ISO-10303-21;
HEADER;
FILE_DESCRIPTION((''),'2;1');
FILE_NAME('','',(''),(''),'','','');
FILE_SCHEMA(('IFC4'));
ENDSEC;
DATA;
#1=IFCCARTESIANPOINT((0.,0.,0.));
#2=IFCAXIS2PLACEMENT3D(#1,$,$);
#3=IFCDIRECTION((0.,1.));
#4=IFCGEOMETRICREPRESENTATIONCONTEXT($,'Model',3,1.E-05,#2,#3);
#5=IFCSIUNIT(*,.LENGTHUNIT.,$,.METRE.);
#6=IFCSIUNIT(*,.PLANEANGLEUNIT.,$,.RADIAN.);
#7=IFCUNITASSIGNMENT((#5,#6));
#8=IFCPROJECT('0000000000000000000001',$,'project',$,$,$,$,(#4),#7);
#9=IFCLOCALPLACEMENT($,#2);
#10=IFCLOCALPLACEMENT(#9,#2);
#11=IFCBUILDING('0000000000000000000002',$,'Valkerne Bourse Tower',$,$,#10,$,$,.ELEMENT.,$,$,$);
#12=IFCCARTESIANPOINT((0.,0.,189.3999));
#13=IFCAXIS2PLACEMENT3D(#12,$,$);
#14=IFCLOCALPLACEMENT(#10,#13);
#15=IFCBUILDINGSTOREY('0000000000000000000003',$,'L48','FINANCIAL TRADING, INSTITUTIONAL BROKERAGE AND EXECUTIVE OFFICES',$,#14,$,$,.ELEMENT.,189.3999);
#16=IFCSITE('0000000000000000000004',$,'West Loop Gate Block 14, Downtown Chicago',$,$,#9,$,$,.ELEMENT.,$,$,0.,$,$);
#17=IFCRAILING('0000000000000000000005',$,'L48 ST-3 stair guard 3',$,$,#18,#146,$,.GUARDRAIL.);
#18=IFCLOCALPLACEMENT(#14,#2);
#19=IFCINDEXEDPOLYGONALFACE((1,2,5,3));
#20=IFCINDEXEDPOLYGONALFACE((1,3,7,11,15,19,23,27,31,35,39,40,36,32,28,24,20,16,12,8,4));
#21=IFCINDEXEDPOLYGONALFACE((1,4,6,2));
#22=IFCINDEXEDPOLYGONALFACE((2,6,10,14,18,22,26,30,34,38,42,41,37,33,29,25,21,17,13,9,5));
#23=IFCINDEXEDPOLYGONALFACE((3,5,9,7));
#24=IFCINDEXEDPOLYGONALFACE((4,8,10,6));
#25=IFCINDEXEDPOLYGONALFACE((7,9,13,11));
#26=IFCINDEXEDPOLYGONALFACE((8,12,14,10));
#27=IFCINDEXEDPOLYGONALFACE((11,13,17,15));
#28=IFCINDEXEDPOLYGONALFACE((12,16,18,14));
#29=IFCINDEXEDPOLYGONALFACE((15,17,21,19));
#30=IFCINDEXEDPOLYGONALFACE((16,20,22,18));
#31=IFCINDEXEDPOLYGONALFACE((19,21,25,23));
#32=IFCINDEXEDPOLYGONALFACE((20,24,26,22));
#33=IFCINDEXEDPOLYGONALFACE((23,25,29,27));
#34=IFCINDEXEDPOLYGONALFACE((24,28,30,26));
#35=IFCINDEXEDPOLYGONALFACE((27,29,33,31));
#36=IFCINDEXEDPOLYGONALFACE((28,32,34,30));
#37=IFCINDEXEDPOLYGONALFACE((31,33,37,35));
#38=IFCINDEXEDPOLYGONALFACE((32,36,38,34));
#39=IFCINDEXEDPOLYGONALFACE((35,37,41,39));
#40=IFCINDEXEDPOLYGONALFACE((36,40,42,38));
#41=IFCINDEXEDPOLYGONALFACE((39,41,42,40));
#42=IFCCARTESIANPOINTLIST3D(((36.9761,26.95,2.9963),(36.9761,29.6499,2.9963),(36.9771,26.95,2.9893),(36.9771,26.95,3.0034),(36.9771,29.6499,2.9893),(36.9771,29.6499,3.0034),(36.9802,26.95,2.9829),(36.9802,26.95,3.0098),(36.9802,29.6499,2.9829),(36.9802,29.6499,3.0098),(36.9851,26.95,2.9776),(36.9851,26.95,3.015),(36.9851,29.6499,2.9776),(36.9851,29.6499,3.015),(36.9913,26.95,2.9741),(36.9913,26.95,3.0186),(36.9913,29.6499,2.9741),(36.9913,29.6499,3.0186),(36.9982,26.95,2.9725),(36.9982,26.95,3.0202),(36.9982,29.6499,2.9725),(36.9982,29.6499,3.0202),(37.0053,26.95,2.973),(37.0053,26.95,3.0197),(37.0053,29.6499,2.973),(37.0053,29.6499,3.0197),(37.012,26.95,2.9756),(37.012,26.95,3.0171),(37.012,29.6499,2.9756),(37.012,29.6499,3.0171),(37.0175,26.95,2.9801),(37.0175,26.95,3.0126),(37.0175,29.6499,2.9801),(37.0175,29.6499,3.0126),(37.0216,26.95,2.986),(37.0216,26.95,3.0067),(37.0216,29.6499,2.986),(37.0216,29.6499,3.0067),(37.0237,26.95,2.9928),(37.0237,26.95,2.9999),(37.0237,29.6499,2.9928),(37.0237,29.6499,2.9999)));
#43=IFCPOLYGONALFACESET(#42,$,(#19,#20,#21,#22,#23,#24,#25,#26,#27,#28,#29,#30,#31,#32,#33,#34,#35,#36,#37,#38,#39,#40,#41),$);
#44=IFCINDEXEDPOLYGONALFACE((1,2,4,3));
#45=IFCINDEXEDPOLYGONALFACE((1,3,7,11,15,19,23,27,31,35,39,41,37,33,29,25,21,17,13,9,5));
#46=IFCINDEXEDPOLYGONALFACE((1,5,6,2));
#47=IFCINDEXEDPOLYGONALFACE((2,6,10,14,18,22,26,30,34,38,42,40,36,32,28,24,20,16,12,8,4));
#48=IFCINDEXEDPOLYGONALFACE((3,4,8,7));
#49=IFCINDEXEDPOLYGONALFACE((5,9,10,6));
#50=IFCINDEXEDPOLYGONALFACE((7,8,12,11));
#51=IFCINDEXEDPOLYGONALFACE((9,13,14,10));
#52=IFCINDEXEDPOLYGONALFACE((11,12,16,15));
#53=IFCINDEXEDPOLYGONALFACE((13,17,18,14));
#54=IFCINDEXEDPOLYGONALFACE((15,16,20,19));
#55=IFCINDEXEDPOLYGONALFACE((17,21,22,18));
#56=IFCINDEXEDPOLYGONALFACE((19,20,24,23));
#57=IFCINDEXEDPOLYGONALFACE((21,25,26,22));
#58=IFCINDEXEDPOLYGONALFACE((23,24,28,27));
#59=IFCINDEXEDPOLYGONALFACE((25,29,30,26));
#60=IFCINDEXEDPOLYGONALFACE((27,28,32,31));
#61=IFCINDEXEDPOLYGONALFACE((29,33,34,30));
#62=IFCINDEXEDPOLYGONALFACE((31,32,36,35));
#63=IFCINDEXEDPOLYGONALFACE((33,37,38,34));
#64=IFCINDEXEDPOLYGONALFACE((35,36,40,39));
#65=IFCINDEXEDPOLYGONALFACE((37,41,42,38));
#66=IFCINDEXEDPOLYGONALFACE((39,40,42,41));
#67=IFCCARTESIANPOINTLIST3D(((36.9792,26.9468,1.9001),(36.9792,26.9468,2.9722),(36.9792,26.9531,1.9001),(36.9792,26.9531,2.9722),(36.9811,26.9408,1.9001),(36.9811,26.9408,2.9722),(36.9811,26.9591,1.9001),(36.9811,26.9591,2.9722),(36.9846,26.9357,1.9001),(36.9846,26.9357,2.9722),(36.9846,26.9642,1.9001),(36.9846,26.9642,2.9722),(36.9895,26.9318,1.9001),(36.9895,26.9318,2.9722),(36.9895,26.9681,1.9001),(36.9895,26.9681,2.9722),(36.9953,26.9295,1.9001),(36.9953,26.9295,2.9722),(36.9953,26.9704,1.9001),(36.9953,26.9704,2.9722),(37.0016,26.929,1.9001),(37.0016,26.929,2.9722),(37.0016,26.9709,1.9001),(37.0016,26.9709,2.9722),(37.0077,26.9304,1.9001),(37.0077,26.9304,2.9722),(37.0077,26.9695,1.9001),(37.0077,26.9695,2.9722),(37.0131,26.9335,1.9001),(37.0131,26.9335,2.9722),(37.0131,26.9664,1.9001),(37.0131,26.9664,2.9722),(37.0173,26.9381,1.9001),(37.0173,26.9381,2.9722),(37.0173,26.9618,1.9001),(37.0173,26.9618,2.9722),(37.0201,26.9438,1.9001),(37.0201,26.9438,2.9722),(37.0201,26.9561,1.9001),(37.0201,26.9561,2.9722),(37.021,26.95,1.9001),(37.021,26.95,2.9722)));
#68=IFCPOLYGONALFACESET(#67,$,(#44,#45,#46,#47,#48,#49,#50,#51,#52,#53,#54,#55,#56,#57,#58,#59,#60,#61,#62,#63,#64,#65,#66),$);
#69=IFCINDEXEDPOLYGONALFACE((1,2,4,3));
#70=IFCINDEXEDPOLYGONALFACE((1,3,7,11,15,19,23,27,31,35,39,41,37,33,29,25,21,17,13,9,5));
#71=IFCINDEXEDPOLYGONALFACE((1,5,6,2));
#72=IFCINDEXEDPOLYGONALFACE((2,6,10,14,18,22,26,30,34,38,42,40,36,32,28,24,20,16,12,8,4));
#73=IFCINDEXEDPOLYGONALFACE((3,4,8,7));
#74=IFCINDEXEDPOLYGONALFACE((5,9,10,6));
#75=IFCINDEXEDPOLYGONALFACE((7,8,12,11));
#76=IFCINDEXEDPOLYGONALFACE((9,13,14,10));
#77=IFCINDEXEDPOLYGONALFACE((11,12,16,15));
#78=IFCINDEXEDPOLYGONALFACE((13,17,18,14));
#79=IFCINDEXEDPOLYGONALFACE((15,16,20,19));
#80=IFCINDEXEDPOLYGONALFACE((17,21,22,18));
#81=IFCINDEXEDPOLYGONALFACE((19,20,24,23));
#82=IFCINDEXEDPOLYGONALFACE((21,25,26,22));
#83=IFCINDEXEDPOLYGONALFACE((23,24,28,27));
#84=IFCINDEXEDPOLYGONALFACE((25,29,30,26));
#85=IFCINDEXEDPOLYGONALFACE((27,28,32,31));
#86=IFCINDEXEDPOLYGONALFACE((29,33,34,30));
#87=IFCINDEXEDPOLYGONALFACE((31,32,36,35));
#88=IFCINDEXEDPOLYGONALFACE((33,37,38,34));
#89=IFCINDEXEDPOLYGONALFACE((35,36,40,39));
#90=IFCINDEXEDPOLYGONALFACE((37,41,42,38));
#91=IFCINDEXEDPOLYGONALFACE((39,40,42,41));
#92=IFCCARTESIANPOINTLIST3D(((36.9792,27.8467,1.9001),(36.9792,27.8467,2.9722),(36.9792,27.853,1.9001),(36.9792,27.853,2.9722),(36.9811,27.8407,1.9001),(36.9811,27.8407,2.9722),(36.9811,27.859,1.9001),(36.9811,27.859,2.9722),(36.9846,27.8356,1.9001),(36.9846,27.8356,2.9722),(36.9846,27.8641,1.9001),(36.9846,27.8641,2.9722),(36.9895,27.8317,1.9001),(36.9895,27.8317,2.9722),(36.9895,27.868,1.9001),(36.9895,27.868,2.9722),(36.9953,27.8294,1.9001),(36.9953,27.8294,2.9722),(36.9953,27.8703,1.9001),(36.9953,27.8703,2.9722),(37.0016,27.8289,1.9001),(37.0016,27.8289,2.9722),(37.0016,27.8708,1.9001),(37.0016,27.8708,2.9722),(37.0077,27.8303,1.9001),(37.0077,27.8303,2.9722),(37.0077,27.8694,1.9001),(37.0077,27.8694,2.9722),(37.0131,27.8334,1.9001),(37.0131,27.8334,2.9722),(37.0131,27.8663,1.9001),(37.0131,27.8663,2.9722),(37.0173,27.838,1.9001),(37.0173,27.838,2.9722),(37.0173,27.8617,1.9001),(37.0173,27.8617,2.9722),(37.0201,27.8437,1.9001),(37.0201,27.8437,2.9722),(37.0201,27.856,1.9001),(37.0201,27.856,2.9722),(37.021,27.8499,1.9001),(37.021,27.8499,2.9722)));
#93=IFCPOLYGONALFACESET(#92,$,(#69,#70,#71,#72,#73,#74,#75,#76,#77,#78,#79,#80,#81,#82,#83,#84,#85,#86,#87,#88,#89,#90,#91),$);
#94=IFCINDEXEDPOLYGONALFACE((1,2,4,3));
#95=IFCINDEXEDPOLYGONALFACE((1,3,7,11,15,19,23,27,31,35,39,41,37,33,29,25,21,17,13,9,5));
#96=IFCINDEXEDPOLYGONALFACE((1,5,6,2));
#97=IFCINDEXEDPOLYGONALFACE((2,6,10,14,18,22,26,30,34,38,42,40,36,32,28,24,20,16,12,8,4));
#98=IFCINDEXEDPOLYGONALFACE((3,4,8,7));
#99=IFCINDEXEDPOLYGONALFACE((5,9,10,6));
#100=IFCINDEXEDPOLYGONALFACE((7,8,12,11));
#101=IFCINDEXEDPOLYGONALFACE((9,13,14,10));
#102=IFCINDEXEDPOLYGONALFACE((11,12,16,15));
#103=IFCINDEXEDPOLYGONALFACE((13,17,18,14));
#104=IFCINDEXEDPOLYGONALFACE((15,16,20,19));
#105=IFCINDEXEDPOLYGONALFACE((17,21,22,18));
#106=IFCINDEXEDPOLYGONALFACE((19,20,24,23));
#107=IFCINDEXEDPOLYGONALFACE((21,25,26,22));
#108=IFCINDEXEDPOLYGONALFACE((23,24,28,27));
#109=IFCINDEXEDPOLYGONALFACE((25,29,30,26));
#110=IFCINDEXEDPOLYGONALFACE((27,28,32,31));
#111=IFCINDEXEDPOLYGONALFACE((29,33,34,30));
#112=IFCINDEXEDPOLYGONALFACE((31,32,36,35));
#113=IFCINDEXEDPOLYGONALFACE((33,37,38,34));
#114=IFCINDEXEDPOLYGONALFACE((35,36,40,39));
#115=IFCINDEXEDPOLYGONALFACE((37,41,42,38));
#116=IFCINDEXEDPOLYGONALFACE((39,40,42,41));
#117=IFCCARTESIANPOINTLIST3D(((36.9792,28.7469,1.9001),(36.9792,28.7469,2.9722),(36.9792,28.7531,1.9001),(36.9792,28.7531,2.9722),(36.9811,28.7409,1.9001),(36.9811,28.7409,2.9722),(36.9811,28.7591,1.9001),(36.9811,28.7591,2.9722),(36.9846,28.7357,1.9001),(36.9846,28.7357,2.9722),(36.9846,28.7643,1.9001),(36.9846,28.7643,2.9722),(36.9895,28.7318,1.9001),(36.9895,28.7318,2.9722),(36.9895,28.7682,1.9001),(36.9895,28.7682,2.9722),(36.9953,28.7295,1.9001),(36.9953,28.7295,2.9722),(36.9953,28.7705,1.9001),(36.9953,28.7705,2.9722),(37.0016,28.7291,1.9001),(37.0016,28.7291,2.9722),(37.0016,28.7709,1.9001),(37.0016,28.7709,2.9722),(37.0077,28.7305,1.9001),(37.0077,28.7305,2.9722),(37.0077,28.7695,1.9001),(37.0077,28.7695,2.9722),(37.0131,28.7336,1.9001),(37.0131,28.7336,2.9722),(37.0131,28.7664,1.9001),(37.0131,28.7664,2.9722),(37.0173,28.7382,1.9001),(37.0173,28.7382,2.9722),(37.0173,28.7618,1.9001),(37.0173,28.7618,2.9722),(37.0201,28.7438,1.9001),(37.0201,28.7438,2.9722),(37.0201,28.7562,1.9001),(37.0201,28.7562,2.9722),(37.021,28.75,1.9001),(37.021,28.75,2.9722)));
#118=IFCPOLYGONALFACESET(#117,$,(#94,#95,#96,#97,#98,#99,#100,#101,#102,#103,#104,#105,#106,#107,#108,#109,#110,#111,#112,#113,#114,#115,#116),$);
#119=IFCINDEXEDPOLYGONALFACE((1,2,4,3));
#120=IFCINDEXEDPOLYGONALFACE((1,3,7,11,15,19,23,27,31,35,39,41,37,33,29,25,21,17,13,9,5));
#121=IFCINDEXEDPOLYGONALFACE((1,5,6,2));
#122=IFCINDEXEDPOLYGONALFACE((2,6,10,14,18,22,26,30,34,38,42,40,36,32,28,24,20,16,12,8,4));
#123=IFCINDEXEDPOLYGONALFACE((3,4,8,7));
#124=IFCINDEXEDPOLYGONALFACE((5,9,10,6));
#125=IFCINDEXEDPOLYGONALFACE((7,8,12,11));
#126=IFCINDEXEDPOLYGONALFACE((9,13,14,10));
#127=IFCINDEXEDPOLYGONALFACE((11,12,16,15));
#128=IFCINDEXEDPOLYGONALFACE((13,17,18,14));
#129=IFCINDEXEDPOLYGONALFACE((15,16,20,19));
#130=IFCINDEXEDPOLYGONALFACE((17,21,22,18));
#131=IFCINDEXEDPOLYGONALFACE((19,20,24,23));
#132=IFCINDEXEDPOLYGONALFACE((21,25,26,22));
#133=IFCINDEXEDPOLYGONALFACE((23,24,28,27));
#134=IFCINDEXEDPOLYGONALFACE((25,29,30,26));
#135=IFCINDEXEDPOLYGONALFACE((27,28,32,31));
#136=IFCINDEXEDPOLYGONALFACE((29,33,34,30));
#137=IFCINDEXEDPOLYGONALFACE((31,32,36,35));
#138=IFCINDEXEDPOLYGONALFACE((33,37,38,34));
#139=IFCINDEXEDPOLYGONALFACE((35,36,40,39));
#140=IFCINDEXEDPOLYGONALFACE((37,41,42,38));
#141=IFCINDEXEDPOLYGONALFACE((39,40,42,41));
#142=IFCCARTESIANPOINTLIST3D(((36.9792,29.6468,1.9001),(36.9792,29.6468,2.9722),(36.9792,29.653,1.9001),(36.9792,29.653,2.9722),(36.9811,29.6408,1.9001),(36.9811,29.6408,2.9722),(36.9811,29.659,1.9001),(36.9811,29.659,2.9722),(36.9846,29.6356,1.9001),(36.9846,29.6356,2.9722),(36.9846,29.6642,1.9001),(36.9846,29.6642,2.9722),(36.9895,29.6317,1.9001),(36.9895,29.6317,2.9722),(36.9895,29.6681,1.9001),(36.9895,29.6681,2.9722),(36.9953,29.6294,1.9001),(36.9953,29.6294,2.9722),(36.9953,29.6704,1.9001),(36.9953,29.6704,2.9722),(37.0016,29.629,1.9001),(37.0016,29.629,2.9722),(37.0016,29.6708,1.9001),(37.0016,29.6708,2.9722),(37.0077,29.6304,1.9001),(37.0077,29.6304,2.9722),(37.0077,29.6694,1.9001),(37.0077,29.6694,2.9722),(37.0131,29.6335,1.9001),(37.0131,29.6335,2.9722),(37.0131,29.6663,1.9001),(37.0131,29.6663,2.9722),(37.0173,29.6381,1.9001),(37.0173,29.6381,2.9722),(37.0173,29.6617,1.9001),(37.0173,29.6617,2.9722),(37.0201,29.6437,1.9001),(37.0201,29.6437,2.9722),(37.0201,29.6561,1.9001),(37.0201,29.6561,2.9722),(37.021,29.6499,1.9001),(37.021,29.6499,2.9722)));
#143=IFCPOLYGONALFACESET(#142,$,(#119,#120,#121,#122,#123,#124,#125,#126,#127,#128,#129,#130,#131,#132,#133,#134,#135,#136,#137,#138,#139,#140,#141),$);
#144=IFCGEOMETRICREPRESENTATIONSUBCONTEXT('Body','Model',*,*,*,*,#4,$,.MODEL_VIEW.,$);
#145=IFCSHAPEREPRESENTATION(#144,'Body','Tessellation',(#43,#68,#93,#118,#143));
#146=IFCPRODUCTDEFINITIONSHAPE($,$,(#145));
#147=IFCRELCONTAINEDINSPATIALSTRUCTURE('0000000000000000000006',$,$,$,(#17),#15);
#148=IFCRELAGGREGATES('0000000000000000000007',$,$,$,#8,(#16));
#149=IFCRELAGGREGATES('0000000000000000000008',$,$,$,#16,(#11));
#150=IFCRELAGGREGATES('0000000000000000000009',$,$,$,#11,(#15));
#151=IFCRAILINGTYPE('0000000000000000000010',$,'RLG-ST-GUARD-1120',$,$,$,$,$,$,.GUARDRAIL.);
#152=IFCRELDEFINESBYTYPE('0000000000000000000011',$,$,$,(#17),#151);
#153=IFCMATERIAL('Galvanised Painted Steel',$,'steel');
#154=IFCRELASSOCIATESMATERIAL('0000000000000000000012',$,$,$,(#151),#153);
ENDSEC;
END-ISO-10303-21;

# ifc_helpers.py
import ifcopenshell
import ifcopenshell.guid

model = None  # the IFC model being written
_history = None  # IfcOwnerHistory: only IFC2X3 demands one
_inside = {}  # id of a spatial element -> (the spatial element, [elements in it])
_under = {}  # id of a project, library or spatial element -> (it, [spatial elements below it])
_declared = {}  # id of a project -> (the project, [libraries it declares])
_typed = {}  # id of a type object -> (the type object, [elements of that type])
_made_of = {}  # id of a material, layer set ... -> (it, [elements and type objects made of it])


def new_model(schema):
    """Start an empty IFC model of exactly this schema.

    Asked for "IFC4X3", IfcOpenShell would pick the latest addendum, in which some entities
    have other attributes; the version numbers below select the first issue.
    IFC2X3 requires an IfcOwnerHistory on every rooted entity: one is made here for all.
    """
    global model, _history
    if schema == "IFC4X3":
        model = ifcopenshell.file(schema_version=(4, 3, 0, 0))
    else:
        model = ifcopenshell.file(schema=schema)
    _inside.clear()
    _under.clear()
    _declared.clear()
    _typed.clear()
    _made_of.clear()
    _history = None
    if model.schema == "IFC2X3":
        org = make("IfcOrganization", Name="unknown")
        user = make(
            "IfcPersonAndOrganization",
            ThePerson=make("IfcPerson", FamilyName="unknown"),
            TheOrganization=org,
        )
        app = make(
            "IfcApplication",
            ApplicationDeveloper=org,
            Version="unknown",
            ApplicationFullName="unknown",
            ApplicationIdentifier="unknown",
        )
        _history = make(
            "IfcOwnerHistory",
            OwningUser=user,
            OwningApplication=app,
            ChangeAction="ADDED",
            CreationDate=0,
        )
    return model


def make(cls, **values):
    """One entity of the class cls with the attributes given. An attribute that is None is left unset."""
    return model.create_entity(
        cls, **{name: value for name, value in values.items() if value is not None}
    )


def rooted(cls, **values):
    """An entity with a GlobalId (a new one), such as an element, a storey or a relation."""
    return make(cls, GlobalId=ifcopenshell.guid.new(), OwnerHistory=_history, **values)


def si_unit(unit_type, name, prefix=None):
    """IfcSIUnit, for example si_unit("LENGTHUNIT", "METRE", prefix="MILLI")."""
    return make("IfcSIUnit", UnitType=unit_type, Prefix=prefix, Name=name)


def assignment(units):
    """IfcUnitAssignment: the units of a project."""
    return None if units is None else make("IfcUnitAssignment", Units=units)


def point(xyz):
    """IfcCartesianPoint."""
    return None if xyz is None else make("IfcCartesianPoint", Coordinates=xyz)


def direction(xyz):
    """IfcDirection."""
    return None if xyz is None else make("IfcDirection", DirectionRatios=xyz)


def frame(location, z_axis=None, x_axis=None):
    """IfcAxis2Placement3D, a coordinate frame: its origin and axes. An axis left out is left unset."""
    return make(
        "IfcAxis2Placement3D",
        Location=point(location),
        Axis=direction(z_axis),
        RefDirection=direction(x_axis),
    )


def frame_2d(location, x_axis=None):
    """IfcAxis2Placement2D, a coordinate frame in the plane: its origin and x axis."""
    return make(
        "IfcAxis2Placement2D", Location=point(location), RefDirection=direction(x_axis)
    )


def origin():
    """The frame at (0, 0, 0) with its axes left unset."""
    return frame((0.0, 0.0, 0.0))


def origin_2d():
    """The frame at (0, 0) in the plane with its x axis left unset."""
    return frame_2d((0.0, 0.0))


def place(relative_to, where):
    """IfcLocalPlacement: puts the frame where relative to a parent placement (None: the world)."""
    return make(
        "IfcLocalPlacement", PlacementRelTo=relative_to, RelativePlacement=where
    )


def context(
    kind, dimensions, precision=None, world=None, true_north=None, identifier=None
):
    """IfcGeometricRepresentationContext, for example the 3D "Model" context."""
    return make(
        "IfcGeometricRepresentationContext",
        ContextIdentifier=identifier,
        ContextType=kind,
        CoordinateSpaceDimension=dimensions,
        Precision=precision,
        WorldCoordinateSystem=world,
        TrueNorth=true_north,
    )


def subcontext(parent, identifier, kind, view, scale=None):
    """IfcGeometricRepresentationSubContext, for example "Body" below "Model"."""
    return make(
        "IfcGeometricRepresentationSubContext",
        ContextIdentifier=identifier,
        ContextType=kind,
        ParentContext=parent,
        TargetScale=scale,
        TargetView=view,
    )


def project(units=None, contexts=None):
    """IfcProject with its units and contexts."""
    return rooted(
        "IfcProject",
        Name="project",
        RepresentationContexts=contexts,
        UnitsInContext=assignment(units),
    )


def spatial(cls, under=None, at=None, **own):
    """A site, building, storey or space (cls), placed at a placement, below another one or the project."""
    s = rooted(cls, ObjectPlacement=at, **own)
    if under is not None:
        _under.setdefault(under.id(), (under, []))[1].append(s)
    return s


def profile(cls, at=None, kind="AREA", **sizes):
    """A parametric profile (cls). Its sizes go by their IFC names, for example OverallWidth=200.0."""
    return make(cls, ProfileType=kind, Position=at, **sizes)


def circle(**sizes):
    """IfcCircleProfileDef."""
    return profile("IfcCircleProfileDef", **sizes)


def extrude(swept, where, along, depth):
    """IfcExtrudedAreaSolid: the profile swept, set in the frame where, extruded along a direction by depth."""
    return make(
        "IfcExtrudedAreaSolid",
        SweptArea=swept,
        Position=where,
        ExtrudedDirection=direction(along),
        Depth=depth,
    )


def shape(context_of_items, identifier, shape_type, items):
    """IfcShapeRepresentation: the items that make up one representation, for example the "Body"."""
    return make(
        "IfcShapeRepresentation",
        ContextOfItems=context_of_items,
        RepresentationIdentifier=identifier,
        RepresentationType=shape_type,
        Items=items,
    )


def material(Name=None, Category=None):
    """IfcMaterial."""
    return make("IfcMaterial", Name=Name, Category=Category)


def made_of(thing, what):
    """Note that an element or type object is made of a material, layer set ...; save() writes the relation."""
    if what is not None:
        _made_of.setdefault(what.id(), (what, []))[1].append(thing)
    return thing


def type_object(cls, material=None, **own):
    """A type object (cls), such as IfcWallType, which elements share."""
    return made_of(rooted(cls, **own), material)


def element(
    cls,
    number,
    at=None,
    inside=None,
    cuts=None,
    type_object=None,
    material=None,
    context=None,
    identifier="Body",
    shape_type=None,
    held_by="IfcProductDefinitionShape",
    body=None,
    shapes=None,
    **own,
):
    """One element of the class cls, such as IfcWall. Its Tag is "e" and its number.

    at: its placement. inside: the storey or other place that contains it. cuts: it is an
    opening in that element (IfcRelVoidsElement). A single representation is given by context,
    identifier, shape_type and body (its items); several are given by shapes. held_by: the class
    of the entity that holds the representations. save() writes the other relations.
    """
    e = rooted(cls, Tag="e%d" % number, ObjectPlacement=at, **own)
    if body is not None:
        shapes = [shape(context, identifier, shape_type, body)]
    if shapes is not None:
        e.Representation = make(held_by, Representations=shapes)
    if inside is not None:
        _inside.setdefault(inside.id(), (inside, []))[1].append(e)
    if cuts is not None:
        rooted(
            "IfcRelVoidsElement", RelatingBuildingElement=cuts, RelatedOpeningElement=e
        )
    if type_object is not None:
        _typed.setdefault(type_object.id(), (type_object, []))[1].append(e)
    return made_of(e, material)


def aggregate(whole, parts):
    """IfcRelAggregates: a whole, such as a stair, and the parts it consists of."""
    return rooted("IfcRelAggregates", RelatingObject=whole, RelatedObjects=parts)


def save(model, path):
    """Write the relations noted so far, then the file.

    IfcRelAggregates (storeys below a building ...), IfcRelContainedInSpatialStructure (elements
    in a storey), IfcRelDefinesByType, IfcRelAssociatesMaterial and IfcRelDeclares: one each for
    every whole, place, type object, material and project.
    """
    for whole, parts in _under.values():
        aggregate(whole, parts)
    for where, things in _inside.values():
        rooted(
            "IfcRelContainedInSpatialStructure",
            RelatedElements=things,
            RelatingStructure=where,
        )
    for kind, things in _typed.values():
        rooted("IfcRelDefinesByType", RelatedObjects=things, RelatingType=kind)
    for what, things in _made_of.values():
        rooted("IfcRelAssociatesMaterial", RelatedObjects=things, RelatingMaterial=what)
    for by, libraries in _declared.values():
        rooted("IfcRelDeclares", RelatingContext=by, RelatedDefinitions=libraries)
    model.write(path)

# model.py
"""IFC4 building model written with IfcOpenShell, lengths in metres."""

from ifc_helpers import new_model, si_unit, direction, frame, origin, origin_2d, place, context, subcontext, project, spatial, circle, extrude, material, type_object, element, save


model = new_model("IFC4")

# Units and contexts
model_context = context("Model", 3, precision=1e-05, world=origin(), true_north=direction((0.0, 1.0)))
body_context = subcontext(model_context, "Body", "Model", "MODEL_VIEW")
ifc_project = project(units=[si_unit("LENGTHUNIT", "METRE"), si_unit("PLANEANGLEUNIT", "RADIAN")], contexts=[model_context])

# Site, building, storey
site_placement = place(None, origin())
site = spatial("IfcSite", under=ifc_project, at=site_placement, Name="West Loop Gate Block 14, Downtown Chicago", CompositionType="ELEMENT", RefElevation=0.0)
building_placement = place(site_placement, origin())
building = spatial("IfcBuilding", under=site, at=building_placement, Name="Valkerne Bourse Tower", CompositionType="ELEMENT")
storey_placement = place(building_placement, frame((0.0, 0.0, 189.3999)))
storey = spatial("IfcBuildingStorey", under=building, at=storey_placement, Name="L48", Description="FINANCIAL TRADING, INSTITUTIONAL BROKERAGE AND EXECUTIVE OFFICES", CompositionType="ELEMENT", Elevation=189.3999)

# Railing
ifc_material_1 = material(Name="Galvanised Painted Steel", Category="steel")
railing_type_1 = type_object("IfcRailingType", Name="RLG-ST-GUARD-1120", PredefinedType="GUARDRAIL", material=ifc_material_1)
railing_1_placement = place(storey_placement, frame((37.0, 26.95, 1.9001)))
element("IfcRailing", 1, at=railing_1_placement, inside=storey, type_object=railing_type_1, Name="L48 ST-3 stair guard 3", PredefinedType="GUARDRAIL", context=body_context, shape_type="SweptSolid", body=[
    extrude(circle(Radius=0.0239, at=origin_2d()), frame((0.0, 0.0, 1.0962), z_axis=(0.0, 1.0, 0.0), x_axis=(-1.0, 0.0, 0.0)), (0.0, 0.0, 1.0), 2.7),
    extrude(circle(Radius=0.021, at=origin_2d()), origin(), (0.0, 0.0, 1.0), 1.072),
    extrude(circle(Radius=0.021, at=origin_2d()), frame((0.0, 0.8999, 0.0)), (0.0, 0.0, 1.0), 1.072),
    extrude(circle(Radius=0.021, at=origin_2d()), frame((0.0, 1.8, 0.0)), (0.0, 0.0, 1.0), 1.072),
    extrude(circle(Radius=0.021, at=origin_2d()), frame((0.0, 2.7, 0.0)), (0.0, 0.0, 1.0), 1.072),
])

save(model, "model.ifc")
